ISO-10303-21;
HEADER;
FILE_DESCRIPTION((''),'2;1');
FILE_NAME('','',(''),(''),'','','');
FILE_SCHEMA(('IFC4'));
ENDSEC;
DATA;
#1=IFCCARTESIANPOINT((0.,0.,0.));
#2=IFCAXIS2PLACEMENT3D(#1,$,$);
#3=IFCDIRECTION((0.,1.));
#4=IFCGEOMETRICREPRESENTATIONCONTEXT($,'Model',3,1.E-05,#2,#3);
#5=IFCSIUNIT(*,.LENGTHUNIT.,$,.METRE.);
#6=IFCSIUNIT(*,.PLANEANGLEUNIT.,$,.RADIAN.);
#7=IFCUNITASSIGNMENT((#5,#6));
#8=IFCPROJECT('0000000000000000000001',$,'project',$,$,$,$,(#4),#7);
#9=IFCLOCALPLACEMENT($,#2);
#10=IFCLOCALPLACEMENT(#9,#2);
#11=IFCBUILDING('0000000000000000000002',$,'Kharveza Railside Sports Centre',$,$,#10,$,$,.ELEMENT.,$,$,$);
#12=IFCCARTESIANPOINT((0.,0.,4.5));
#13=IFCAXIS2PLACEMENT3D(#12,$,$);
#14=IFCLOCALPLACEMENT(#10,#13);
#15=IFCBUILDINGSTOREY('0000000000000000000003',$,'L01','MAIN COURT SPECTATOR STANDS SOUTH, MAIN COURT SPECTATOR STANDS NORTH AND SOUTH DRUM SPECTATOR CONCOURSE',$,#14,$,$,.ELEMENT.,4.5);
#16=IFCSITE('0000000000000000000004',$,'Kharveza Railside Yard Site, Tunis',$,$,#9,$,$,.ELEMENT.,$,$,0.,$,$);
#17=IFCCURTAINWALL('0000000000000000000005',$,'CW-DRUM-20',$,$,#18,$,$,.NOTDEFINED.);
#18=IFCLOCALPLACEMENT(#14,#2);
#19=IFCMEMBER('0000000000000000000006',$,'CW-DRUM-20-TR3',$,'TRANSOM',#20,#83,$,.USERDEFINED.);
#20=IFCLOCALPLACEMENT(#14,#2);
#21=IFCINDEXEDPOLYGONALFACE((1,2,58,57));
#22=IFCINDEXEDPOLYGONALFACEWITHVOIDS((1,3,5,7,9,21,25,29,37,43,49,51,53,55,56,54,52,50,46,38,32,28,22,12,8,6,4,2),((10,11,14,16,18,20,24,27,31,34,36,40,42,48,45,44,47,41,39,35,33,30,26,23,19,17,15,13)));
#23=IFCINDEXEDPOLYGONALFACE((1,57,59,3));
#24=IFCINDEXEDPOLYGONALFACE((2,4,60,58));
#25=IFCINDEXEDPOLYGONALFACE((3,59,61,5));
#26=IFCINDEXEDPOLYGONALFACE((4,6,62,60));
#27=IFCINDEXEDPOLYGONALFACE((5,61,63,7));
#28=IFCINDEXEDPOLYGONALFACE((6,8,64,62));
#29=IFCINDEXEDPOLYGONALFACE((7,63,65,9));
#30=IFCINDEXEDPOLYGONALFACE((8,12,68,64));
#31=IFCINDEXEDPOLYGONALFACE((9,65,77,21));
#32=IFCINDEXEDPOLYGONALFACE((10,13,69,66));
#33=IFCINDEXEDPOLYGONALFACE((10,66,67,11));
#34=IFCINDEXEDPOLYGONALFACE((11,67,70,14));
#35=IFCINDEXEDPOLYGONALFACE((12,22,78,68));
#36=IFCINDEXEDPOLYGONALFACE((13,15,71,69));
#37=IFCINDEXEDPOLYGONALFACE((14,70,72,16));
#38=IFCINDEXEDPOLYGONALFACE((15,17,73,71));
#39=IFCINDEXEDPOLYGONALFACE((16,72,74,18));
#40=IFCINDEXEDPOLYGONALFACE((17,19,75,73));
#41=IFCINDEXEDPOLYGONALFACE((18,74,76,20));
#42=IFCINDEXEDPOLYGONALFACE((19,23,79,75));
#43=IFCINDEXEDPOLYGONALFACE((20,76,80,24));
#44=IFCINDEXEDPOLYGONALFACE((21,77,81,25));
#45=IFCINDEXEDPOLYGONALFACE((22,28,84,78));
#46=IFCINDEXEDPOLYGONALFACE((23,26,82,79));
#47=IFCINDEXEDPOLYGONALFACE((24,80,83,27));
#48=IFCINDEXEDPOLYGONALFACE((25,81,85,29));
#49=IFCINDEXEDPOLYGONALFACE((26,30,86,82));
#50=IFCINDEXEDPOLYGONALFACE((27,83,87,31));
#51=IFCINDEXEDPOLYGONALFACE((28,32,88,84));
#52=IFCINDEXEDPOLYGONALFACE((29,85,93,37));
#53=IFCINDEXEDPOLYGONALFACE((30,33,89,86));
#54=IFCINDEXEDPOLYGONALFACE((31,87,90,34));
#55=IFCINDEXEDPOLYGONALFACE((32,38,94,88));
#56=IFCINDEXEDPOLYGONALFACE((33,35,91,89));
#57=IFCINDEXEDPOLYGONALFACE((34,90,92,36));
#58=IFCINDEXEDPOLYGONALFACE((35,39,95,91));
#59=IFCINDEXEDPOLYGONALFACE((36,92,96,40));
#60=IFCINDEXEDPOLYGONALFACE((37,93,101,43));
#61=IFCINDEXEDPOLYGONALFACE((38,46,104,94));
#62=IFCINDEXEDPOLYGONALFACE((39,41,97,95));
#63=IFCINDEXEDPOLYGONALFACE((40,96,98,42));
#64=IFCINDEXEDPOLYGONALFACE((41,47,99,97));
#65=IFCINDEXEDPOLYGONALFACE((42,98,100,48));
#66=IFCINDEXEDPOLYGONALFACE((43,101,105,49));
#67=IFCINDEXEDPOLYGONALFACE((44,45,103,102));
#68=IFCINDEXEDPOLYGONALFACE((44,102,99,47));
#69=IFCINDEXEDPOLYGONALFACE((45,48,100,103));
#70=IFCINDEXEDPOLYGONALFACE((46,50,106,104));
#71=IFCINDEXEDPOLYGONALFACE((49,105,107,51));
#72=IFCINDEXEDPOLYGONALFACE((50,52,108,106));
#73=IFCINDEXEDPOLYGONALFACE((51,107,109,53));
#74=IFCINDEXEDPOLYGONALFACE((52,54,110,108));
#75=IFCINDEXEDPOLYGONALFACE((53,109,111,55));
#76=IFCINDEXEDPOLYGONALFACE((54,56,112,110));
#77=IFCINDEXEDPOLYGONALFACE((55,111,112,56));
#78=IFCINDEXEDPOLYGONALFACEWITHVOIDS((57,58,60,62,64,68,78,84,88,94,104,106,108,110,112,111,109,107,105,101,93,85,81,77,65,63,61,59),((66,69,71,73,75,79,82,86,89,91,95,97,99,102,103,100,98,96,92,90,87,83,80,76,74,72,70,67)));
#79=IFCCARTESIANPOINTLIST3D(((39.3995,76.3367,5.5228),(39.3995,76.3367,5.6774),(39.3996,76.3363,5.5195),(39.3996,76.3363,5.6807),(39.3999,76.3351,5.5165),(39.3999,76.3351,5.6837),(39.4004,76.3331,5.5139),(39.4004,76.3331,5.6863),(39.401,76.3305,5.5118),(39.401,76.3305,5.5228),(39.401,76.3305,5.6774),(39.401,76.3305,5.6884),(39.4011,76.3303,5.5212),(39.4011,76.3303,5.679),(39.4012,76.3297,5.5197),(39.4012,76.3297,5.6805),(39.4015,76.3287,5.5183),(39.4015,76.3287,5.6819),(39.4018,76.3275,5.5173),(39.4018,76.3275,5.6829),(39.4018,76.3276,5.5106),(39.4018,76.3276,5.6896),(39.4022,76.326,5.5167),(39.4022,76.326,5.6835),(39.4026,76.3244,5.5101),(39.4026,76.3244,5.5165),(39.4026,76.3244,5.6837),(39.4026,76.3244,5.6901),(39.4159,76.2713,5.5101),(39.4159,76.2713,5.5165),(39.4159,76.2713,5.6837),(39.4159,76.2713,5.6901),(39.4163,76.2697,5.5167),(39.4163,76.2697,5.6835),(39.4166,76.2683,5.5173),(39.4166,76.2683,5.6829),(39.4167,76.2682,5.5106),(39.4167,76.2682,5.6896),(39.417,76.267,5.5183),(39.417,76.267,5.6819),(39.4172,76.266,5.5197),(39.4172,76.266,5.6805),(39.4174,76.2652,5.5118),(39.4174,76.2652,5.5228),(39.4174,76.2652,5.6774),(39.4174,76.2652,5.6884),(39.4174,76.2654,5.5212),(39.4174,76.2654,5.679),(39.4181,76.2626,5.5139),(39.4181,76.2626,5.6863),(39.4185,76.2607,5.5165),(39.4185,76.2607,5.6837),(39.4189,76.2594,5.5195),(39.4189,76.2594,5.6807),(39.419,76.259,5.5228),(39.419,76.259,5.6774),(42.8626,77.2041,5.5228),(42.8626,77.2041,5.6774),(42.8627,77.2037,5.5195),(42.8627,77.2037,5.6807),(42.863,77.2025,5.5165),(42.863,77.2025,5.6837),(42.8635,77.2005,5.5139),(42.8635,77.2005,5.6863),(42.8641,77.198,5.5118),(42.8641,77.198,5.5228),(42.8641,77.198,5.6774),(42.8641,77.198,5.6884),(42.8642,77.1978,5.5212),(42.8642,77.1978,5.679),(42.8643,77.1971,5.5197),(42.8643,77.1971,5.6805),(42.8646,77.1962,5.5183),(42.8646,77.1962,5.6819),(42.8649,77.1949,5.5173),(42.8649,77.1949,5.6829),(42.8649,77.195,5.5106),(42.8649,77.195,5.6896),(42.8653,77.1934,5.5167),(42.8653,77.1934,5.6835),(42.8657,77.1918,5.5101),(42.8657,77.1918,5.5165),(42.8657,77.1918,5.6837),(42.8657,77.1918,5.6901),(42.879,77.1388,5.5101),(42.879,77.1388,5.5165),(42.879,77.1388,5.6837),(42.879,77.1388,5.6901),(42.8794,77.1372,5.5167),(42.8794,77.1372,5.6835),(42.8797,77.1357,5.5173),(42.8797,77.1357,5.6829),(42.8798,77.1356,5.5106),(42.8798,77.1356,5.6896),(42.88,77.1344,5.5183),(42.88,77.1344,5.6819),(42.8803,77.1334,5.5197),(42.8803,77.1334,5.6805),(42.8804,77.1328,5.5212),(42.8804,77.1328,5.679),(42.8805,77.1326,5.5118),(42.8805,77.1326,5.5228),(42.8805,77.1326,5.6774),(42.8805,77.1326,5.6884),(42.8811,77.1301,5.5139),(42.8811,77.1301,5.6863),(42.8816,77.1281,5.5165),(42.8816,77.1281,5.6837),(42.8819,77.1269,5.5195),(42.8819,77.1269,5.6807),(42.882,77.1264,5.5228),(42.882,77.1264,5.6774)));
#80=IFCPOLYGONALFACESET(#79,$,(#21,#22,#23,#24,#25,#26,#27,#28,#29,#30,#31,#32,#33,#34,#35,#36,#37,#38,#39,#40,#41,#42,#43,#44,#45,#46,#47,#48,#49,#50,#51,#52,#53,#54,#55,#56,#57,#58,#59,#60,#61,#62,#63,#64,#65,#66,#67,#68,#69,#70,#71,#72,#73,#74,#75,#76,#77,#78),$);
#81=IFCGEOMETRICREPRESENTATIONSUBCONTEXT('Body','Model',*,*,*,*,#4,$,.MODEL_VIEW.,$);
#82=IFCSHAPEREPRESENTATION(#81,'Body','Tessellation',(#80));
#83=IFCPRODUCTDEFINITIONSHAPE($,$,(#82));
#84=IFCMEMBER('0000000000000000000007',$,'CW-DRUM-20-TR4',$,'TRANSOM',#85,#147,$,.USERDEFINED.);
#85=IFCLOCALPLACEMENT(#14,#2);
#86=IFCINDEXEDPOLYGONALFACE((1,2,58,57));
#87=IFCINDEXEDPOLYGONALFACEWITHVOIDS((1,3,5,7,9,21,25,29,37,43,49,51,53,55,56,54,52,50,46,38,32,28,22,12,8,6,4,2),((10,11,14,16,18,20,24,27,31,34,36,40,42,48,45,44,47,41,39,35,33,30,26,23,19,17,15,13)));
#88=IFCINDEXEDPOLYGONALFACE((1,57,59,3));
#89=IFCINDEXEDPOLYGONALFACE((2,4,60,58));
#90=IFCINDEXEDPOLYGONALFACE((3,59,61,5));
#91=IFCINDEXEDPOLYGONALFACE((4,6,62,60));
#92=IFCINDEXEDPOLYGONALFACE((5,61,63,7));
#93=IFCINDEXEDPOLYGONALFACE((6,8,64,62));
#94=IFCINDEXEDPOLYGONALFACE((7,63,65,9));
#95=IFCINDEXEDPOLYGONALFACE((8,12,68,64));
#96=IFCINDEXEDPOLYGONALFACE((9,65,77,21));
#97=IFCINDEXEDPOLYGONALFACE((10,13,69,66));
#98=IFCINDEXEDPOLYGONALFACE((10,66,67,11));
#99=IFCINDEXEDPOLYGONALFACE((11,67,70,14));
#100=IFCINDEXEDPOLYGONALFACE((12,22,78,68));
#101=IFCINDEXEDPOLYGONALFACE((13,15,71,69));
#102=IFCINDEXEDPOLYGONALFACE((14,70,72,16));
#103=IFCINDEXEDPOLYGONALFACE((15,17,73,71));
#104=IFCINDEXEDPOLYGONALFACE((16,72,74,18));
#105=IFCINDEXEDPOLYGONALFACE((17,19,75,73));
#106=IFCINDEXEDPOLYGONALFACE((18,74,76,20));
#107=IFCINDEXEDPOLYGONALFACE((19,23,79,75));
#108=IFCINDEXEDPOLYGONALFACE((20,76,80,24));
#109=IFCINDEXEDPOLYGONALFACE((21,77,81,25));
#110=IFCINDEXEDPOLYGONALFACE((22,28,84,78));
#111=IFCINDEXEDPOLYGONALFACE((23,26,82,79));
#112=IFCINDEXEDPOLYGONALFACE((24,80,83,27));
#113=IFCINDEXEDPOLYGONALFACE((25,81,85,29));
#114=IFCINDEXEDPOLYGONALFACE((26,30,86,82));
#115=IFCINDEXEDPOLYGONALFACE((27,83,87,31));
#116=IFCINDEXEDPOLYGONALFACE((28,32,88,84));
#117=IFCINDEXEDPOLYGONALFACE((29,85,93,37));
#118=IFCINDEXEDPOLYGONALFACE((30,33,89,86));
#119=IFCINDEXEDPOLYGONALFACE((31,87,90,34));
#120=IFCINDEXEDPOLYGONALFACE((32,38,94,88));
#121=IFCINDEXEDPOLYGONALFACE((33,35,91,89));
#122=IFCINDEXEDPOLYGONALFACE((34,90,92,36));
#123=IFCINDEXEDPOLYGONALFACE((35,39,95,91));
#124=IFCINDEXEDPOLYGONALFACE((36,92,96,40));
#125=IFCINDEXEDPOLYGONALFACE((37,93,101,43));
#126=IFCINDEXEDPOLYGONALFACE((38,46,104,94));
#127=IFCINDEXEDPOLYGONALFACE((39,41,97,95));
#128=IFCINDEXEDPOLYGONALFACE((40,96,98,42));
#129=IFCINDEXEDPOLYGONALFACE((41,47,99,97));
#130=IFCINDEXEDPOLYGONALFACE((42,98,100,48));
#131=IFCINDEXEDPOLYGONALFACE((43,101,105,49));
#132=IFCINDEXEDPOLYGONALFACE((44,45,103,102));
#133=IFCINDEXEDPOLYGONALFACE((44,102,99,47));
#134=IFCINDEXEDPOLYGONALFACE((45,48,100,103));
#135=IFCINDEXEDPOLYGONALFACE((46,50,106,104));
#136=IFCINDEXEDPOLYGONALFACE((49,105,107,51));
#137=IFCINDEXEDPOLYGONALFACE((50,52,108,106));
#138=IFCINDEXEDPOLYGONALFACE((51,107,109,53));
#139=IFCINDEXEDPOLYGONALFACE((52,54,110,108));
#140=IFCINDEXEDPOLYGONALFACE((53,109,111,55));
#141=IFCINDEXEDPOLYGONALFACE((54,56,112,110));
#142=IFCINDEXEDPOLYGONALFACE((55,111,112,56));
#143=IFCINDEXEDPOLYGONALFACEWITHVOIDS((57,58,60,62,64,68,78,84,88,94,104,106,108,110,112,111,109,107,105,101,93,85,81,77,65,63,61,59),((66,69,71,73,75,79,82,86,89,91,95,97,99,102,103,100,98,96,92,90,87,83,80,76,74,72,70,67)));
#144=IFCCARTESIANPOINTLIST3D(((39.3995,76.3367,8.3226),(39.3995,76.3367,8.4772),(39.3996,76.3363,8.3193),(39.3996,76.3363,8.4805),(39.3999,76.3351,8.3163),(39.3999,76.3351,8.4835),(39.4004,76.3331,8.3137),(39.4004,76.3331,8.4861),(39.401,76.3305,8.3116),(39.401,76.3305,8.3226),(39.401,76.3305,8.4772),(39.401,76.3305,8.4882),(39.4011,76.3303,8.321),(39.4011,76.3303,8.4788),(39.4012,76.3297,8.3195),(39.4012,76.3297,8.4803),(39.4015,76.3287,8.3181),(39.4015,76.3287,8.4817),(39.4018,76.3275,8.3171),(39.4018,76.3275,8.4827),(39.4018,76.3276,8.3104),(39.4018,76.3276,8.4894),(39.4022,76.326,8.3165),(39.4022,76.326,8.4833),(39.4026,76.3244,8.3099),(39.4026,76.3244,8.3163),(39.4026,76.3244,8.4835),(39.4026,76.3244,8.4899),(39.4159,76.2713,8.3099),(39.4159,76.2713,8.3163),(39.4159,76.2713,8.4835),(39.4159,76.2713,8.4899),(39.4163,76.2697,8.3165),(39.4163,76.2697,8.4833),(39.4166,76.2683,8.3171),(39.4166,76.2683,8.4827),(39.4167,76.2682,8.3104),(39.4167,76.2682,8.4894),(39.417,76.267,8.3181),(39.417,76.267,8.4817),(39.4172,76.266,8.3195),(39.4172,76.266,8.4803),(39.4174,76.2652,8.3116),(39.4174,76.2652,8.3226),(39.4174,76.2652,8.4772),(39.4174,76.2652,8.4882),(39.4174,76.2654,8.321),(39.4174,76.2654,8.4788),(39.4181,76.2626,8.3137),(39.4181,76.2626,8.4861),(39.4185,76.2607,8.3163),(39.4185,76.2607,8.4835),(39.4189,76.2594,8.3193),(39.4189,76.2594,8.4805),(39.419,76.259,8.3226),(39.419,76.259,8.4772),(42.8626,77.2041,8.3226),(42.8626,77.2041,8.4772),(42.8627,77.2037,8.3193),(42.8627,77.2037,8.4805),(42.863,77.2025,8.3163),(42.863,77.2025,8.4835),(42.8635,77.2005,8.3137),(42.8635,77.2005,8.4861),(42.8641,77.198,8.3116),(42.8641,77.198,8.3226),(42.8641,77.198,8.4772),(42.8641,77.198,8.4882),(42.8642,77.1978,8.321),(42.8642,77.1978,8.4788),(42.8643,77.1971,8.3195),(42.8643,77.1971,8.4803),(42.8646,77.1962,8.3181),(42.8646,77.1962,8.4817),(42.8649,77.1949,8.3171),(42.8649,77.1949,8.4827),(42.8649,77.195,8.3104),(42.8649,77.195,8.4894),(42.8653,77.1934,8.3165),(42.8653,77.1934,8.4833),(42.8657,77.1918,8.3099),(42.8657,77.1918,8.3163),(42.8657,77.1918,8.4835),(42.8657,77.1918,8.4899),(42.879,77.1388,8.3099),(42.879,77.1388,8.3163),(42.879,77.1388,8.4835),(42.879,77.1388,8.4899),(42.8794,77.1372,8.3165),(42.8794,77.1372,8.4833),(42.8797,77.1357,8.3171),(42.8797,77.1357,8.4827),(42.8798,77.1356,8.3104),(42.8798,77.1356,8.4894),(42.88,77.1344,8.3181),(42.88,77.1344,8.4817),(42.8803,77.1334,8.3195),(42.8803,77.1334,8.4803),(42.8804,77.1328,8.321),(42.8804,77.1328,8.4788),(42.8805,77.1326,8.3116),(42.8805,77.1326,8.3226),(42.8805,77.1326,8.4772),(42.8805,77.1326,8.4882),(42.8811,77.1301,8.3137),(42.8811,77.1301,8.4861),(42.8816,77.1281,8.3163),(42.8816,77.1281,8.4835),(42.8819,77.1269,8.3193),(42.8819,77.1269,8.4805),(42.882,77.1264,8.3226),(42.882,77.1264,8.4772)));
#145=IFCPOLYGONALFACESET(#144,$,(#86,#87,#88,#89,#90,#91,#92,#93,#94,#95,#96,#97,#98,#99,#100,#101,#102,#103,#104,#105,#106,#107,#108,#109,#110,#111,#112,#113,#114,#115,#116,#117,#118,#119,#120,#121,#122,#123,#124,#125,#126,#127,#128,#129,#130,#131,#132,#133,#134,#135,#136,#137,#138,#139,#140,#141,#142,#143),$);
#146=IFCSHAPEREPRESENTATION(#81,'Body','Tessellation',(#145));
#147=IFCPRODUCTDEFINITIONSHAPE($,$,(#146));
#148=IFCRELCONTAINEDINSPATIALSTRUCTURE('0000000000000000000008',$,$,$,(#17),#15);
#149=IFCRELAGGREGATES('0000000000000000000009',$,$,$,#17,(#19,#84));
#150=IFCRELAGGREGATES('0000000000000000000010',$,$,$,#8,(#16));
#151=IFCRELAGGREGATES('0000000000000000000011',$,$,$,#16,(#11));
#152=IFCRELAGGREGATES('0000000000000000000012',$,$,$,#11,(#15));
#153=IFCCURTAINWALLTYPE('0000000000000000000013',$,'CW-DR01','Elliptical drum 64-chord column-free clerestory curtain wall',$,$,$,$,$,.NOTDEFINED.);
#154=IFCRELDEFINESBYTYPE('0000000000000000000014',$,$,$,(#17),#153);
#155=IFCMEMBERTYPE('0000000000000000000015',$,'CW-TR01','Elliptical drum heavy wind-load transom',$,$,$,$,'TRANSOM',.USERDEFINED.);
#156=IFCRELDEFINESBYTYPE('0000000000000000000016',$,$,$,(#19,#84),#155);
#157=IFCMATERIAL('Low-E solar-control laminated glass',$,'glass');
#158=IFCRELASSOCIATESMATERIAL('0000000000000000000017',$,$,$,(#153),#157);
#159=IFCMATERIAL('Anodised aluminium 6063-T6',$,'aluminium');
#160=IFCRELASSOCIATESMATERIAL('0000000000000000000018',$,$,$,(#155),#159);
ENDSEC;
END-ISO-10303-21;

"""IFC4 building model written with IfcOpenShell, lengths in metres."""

from ifc_helpers import new_model, si_unit, direction, frame, origin, origin_2d, place, context, subcontext, project, spatial, hollow_rectangle, extrude, material, material_profile, profile_set, type_object, element, aggregate, save


model = new_model("IFC4")

# Units and contexts
model_context = context("Model", 3, precision=1e-05, world=origin(), true_north=direction((0.0, 1.0)))
body_context = subcontext(model_context, "Body", "Model", "MODEL_VIEW")
ifc_project = project(units=[si_unit("LENGTHUNIT", "METRE"), si_unit("PLANEANGLEUNIT", "RADIAN")], contexts=[model_context])

# Site, building, storey
site_placement = place(None, origin())
site = spatial("IfcSite", under=ifc_project, at=site_placement, Name="Kharveza Railside Yard Site, Tunis", CompositionType="ELEMENT", RefElevation=0.0)
building_placement = place(site_placement, origin())
building = spatial("IfcBuilding", under=site, at=building_placement, Name="Kharveza Railside Sports Centre", CompositionType="ELEMENT")
storey_placement = place(building_placement, frame((0.0, 0.0, 4.5)))
storey = spatial("IfcBuildingStorey", under=building, at=storey_placement, Name="L01", Description="MAIN COURT SPECTATOR STANDS SOUTH, MAIN COURT SPECTATOR STANDS NORTH AND SOUTH DRUM SPECTATOR CONCOURSE", CompositionType="ELEMENT", Elevation=4.5)

# Curtain wall, members
ifc_material_1 = material(Name="Low-E solar-control laminated glass", Category="glass")
curtain_wall_type = type_object("IfcCurtainWallType", Name="CW-DR01", Description="Elliptical drum 64-chord column-free clerestory curtain wall", PredefinedType="NOTDEFINED", material=ifc_material_1)
ifc_material_2 = material(Name="Anodised aluminium 6063-T6", Category="aluminium")
curtain_wall_1_placement = place(storey_placement, origin())
curtain_wall_1 = element("IfcCurtainWall", 1, at=curtain_wall_1_placement, inside=storey, type_object=curtain_wall_type, Name="CW-DRUM-20", PredefinedType="NOTDEFINED")
ifc_material_profile_1 = material_profile(ifc_material_2, hollow_rectangle(XDim=0.0801, YDim=0.1799, WallThickness=0.0063, InnerFilletRadius=0.0063, OuterFilletRadius=0.0127, at=origin_2d()), Name="RHS 80x180x6.3")
ifc_profile_set_1 = profile_set([ifc_material_profile_1], Name="Anodised aluminium 6063-T6")
member_type_1 = type_object("IfcMemberType", Name="CW-TR01", Description="Elliptical drum heavy wind-load transom", ElementType="TRANSOM", PredefinedType="USERDEFINED", material=ifc_profile_set_1)
member_1_placement = place(storey_placement, frame((42.8723, 77.1653, 5.6001), z_axis=(-0.970034, -0.24297, 0.0), x_axis=(0.24297, -0.970034, 0.0)))
member_1 = element("IfcMember", 2, at=member_1_placement, type_object=member_type_1, Name="CW-DRUM-20-TR3", ObjectType="TRANSOM", PredefinedType="USERDEFINED", context=body_context, shape_type="SweptSolid", body=[
    extrude(hollow_rectangle(XDim=0.0801, YDim=0.1799, WallThickness=0.0063, InnerFilletRadius=0.0063, OuterFilletRadius=0.0127, at=origin_2d()), origin(), (0.0, 0.0, 1.0), 3.5701),
])
member_2_placement = place(storey_placement, frame((42.8723, 77.1653, 8.3999), z_axis=(-0.970034, -0.24297, 0.0), x_axis=(0.24297, -0.970034, 0.0)))
member_2 = element("IfcMember", 3, at=member_2_placement, type_object=member_type_1, Name="CW-DRUM-20-TR4", ObjectType="TRANSOM", PredefinedType="USERDEFINED", context=body_context, shape_type="SweptSolid", body=[
    extrude(hollow_rectangle(XDim=0.0801, YDim=0.1799, WallThickness=0.0063, InnerFilletRadius=0.0063, OuterFilletRadius=0.0127, at=origin_2d()), origin(), (0.0, 0.0, 1.0), 3.5701),
])

aggregate(curtain_wall_1, [member_1, member_2])

save(model, "model.ifc")
